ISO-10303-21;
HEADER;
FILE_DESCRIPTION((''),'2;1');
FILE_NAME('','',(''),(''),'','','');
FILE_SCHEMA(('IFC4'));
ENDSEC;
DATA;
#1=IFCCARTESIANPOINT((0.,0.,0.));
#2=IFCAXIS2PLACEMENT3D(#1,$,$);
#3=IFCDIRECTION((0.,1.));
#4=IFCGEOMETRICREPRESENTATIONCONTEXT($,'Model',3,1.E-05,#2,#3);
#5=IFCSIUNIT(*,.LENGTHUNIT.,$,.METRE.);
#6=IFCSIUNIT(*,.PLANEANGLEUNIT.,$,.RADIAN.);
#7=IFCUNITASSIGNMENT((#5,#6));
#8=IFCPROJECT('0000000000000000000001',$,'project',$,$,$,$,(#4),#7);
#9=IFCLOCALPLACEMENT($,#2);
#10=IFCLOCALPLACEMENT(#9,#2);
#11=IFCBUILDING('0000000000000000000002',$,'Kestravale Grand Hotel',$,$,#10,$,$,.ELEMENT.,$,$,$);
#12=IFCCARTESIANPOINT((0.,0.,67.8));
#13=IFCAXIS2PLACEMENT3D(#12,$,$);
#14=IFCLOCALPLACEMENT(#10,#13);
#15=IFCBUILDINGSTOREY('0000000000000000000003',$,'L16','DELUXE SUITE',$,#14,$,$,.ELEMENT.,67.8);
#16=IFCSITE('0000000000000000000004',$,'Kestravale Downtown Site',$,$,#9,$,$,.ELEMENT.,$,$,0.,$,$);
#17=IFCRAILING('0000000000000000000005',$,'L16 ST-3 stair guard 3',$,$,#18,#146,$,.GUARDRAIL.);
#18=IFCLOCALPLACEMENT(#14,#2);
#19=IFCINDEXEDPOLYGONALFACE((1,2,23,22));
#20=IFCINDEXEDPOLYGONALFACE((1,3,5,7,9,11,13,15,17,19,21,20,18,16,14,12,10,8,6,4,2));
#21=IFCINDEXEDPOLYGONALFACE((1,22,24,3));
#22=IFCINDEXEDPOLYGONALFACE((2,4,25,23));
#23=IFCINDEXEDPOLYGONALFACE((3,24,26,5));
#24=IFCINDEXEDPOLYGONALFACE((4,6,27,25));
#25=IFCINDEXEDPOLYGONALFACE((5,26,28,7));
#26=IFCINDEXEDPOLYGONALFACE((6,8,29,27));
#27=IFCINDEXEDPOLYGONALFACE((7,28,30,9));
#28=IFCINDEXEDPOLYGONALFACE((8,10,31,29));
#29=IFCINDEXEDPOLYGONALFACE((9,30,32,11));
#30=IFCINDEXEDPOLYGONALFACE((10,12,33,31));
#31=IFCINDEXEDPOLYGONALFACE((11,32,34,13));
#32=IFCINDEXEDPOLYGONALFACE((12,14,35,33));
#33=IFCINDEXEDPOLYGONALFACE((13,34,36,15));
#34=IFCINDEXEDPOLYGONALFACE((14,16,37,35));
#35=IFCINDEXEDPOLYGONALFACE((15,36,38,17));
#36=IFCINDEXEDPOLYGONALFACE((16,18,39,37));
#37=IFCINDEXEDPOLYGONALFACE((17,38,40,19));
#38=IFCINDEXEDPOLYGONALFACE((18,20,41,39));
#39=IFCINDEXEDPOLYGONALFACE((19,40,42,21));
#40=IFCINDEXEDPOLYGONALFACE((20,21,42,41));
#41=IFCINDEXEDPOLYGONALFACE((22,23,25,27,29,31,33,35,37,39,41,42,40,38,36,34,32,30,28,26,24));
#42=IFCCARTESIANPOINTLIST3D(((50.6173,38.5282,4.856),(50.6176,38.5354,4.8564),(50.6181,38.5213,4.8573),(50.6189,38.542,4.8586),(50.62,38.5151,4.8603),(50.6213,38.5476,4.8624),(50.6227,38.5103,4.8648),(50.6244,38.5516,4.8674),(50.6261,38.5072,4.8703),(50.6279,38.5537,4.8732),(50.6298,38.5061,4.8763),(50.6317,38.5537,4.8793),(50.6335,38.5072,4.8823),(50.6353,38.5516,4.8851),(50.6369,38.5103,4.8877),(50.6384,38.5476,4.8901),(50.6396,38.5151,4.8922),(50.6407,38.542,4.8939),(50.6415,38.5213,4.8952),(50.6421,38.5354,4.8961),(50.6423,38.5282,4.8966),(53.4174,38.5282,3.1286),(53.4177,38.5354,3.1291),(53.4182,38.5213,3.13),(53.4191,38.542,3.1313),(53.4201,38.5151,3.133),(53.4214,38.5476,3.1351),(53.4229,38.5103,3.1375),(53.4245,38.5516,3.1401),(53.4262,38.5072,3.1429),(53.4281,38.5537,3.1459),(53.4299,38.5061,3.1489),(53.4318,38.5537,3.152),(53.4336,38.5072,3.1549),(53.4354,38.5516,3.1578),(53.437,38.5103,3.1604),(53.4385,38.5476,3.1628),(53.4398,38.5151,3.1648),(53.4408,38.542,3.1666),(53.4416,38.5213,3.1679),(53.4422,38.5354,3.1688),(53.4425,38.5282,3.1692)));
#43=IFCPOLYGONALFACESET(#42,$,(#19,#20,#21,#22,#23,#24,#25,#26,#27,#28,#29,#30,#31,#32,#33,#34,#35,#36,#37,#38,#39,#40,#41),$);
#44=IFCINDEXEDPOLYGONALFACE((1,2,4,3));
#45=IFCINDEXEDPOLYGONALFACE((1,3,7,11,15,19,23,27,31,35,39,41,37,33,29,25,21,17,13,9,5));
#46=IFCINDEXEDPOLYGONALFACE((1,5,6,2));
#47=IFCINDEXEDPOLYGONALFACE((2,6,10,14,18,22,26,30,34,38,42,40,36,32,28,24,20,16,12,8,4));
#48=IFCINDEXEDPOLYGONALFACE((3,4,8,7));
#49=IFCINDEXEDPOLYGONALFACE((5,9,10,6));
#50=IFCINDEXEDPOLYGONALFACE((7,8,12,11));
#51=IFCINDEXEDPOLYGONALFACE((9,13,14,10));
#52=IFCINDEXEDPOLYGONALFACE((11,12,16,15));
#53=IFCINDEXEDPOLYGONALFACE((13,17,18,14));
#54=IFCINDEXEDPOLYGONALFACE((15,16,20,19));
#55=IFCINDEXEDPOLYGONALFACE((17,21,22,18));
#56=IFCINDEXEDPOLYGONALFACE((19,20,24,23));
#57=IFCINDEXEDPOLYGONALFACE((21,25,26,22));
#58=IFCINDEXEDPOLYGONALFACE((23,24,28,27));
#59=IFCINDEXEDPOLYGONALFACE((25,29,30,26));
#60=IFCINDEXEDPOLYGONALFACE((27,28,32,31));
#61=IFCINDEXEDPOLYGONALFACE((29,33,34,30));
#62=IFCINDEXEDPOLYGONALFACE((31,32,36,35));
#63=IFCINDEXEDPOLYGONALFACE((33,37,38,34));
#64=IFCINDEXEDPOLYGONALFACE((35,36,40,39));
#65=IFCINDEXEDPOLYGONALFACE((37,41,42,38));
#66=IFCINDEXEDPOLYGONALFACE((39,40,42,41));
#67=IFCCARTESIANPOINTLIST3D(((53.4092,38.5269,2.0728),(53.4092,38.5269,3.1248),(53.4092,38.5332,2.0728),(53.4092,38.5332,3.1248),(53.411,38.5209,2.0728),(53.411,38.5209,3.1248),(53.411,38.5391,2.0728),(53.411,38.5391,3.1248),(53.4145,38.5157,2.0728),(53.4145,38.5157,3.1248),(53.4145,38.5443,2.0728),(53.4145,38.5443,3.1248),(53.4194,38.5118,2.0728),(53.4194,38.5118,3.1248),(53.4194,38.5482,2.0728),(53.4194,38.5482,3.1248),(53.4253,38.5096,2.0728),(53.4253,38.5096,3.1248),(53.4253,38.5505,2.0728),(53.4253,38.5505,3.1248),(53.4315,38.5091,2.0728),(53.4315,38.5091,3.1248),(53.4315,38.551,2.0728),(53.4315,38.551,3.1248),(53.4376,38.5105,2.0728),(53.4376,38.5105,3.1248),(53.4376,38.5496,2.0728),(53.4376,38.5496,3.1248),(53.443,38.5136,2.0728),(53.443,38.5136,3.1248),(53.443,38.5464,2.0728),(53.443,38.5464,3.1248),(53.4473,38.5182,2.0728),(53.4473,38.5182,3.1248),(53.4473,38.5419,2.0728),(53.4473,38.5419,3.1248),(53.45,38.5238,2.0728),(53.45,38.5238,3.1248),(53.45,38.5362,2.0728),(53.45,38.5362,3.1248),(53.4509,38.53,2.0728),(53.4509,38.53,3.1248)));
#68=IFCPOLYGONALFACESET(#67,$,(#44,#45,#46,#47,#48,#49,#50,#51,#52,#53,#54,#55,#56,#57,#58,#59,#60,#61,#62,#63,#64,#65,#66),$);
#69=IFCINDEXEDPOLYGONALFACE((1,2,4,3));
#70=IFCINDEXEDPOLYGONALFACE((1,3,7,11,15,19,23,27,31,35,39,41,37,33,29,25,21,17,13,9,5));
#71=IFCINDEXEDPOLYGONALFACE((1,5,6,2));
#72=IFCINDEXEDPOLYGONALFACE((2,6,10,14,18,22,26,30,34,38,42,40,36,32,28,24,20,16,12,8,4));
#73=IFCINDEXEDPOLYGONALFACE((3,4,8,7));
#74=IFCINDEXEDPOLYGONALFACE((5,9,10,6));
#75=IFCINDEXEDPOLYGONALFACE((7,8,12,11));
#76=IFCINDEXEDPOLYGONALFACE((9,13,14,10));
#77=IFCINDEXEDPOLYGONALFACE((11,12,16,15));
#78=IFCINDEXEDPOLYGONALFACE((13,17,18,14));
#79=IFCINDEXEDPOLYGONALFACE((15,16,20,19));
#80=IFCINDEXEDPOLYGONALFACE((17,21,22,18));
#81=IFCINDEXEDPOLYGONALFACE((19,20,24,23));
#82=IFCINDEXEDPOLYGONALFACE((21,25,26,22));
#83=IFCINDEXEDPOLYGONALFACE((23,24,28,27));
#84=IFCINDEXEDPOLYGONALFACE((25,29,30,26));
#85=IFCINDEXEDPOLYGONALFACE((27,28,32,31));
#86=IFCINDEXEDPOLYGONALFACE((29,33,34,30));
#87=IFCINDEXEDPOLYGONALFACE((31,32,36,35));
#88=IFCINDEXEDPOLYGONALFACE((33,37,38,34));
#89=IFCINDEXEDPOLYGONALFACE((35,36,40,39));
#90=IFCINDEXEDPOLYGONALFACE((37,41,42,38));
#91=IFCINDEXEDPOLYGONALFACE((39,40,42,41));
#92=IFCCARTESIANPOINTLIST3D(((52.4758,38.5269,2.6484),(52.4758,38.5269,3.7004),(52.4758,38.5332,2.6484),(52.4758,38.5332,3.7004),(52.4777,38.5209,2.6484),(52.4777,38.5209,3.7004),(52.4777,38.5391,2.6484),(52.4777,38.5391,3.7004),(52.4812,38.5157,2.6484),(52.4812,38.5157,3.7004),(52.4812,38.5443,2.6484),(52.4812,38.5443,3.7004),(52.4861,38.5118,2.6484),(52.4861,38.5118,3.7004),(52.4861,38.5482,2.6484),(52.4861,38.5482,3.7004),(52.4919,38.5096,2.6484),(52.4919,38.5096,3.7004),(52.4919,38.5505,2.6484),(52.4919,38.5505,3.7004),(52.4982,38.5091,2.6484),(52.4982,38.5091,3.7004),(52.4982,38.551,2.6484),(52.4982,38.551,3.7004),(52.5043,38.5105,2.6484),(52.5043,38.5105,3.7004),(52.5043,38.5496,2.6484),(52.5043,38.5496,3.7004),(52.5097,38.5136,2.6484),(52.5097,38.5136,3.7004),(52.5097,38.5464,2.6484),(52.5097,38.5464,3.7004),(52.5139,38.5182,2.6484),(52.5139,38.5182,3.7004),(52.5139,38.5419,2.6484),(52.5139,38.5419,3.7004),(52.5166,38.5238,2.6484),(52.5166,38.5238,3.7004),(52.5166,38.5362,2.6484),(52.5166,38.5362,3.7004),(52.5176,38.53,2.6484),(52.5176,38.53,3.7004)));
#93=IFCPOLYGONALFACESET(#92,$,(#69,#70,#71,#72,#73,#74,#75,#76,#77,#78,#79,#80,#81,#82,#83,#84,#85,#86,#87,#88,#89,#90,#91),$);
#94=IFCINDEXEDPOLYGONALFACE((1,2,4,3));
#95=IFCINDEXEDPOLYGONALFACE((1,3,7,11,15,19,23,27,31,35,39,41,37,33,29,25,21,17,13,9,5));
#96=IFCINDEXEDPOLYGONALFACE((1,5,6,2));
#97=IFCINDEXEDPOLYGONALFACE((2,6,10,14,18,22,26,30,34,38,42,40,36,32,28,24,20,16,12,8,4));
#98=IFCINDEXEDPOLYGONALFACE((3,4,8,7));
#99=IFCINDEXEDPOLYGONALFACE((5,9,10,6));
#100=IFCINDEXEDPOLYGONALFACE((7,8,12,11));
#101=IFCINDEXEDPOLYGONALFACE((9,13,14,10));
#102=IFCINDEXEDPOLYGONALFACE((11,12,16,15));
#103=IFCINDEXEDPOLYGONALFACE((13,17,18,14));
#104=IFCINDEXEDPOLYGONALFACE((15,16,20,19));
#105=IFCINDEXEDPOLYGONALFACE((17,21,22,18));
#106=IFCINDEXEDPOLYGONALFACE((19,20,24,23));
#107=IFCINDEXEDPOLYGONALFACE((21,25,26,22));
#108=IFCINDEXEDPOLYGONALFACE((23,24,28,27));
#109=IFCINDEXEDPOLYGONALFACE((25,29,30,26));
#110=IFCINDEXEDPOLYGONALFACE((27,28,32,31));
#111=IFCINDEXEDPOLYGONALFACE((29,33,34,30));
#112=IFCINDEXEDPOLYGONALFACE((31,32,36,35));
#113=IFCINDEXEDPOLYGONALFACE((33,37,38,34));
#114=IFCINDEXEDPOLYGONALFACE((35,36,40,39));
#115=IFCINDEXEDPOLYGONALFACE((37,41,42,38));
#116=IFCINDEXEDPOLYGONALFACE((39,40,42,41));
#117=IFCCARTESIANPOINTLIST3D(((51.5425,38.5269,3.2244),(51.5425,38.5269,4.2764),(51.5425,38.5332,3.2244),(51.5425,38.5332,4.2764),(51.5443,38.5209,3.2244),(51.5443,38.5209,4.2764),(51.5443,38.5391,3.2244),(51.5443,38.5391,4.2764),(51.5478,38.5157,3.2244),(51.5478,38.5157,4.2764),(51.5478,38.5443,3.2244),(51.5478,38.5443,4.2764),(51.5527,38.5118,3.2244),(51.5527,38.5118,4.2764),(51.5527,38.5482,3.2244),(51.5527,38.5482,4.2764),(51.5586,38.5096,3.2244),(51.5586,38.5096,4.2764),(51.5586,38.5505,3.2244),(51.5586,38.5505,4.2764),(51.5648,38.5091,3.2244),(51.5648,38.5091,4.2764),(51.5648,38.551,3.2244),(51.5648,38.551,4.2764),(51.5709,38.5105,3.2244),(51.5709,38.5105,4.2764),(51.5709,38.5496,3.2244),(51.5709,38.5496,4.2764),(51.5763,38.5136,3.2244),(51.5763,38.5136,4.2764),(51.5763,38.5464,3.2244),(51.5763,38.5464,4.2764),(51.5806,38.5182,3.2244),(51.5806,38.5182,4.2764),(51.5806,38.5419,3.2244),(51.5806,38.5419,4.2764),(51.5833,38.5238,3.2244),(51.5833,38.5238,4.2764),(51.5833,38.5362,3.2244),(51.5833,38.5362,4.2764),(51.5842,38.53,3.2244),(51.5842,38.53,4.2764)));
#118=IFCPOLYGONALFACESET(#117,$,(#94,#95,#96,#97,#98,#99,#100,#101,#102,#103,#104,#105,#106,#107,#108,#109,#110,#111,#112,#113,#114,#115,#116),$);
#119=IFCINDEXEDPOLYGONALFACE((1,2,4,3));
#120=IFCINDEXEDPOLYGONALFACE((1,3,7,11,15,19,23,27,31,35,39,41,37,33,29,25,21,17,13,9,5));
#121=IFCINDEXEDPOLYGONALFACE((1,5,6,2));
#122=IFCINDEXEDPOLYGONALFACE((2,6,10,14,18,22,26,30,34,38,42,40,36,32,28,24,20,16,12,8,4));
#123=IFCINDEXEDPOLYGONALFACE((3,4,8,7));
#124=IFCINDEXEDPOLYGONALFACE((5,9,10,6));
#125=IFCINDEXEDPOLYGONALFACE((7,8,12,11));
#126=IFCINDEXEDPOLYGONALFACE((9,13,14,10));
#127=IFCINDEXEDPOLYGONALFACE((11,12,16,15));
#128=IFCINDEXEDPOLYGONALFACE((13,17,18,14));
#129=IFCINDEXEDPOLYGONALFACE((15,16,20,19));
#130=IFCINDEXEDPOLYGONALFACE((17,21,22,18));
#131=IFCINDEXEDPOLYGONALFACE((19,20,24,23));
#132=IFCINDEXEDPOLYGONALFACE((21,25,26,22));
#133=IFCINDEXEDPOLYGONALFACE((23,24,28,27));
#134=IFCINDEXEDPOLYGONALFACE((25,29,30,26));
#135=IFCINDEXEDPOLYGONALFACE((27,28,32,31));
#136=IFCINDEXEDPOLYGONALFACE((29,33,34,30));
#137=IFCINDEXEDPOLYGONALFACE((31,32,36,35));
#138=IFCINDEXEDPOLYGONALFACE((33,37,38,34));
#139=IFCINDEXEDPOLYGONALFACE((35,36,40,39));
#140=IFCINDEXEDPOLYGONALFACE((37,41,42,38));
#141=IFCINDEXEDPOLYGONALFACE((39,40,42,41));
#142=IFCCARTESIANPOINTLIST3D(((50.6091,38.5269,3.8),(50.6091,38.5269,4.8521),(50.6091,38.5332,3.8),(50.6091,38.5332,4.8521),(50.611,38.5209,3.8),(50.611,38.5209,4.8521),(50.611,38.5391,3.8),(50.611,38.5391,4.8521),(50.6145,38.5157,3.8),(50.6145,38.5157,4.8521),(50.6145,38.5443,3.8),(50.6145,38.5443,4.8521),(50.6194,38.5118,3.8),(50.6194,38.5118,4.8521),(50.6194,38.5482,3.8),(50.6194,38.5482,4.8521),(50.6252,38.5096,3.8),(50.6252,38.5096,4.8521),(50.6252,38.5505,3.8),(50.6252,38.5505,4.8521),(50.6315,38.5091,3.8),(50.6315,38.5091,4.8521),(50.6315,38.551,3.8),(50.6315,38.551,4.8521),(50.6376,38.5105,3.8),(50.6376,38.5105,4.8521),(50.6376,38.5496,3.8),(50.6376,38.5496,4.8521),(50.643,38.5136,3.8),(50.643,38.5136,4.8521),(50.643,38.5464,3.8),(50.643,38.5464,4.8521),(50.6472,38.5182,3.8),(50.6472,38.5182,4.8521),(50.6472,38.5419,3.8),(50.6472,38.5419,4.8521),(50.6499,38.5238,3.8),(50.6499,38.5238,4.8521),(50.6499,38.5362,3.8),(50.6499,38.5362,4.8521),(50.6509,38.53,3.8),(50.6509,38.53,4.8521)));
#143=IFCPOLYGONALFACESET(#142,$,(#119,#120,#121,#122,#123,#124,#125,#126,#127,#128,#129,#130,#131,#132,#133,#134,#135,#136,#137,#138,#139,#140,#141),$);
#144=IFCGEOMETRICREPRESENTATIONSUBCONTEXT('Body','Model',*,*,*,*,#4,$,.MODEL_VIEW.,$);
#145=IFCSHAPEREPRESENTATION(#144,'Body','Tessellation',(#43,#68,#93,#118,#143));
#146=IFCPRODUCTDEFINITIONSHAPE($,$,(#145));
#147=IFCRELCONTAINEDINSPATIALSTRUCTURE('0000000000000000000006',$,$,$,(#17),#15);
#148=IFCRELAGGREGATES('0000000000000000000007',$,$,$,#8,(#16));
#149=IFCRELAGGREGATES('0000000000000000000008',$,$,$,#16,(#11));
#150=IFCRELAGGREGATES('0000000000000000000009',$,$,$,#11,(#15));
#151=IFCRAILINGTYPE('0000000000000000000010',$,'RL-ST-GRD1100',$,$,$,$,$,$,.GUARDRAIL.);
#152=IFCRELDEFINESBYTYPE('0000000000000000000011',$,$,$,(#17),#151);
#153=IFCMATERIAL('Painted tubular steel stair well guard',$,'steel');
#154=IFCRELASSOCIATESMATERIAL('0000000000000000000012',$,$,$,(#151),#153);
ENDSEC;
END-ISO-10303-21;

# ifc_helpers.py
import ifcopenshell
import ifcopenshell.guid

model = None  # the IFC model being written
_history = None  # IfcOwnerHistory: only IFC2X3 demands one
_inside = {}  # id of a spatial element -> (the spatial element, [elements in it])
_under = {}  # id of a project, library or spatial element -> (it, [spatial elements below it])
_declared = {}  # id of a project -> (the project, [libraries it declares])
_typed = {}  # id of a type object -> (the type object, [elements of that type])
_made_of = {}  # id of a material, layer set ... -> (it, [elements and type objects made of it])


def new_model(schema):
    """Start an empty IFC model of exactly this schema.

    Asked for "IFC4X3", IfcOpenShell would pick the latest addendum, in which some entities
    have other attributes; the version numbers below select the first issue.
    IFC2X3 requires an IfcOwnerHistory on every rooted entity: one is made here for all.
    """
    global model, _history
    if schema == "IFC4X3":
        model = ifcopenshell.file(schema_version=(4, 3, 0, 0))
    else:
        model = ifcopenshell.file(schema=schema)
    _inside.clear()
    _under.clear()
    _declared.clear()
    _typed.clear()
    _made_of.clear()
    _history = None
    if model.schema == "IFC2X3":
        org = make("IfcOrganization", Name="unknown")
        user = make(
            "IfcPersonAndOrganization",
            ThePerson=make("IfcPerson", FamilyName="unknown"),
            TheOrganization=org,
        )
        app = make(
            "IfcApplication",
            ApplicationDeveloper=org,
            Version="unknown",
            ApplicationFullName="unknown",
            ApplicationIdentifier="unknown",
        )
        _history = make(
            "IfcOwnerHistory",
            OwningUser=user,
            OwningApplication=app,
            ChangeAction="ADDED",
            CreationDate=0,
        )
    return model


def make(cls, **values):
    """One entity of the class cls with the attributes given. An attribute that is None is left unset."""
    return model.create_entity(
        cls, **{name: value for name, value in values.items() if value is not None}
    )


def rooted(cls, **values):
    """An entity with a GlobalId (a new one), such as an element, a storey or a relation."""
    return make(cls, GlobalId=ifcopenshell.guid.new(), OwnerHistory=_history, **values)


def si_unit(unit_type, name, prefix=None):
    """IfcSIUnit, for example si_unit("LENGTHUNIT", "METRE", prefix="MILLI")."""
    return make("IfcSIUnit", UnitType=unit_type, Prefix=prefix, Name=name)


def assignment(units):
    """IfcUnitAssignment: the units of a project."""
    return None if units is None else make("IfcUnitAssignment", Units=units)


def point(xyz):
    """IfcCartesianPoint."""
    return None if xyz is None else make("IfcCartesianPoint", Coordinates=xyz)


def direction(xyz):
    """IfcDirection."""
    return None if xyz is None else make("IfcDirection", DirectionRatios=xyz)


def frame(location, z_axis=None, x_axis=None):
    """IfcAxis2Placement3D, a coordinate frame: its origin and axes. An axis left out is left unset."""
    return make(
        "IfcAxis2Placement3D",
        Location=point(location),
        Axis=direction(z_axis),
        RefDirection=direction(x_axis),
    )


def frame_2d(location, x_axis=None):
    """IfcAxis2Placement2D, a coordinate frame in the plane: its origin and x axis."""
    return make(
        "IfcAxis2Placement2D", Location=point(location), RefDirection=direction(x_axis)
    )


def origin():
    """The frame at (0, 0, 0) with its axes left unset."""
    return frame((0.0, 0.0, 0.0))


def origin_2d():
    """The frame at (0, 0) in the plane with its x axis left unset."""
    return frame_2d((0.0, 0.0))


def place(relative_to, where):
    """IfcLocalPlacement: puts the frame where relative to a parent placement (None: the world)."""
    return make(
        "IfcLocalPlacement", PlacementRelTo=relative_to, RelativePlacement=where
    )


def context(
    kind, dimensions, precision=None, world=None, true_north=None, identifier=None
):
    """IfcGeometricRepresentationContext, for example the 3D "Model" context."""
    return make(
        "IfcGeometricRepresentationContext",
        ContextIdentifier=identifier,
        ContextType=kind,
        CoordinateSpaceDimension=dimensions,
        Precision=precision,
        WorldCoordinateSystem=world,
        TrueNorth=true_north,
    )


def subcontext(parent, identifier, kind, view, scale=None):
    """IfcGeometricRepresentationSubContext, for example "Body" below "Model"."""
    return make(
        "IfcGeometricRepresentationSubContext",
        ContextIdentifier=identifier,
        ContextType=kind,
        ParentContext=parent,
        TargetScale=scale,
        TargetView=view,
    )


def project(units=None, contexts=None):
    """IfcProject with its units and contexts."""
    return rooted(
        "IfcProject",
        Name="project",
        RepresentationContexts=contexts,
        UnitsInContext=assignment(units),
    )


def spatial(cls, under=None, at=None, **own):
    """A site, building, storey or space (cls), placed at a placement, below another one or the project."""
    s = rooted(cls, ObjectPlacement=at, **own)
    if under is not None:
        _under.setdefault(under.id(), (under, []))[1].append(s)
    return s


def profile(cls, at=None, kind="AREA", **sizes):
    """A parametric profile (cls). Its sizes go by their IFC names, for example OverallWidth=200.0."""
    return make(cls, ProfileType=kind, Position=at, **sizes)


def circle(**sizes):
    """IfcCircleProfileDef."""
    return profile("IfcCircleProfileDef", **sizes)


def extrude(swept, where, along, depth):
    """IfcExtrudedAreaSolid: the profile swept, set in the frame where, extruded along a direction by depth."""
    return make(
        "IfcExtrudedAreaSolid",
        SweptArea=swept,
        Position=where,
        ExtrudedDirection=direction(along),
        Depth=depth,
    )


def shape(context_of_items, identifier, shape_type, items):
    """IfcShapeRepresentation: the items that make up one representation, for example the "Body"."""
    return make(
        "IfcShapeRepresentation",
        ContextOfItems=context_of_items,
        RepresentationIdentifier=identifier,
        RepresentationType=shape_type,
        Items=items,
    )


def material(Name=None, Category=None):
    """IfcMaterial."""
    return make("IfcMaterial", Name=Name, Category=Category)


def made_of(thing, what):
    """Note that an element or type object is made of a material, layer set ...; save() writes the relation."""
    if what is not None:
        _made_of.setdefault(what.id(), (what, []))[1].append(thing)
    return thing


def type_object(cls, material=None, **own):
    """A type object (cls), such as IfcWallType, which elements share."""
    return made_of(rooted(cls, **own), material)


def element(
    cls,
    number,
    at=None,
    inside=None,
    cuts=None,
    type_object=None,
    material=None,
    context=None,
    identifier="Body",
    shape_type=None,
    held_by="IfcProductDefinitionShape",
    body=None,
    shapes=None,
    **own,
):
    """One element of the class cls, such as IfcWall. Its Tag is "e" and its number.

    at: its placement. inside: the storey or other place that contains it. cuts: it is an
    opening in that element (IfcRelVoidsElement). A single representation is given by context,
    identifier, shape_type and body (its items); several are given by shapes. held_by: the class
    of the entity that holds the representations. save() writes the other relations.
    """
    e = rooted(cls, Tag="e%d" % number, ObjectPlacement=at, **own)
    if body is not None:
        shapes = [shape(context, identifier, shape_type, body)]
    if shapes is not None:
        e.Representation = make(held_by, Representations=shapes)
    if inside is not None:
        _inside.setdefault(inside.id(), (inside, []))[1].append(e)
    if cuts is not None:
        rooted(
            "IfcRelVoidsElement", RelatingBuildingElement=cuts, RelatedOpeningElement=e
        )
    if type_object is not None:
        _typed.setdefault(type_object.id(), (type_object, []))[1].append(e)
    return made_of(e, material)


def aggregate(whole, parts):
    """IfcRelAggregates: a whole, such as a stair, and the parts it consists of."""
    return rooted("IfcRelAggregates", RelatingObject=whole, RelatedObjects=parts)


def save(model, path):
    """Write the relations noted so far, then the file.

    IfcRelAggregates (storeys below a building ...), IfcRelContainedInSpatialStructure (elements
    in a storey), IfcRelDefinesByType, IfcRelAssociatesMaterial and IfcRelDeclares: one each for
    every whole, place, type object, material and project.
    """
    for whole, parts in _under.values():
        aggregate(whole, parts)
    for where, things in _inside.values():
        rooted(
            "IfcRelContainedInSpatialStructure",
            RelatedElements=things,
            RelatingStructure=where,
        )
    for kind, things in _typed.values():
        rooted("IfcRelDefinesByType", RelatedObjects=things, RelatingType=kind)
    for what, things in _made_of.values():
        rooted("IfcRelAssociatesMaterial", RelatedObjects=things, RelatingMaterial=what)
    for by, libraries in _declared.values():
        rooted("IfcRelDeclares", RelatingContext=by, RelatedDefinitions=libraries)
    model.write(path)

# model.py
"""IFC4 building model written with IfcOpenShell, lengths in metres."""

from ifc_helpers import new_model, si_unit, direction, frame, origin, origin_2d, place, context, subcontext, project, spatial, circle, extrude, material, type_object, element, save


model = new_model("IFC4")

# Units and contexts
model_context = context("Model", 3, precision=1e-05, world=origin(), true_north=direction((0.0, 1.0)))
body_context = subcontext(model_context, "Body", "Model", "MODEL_VIEW")
ifc_project = project(units=[si_unit("LENGTHUNIT", "METRE"), si_unit("PLANEANGLEUNIT", "RADIAN")], contexts=[model_context])

# Site, building, storey
site_placement = place(None, origin())
site = spatial("IfcSite", under=ifc_project, at=site_placement, Name="Kestravale Downtown Site", CompositionType="ELEMENT", RefElevation=0.0)
building_placement = place(site_placement, origin())
building = spatial("IfcBuilding", under=site, at=building_placement, Name="Kestravale Grand Hotel", CompositionType="ELEMENT")
storey_placement = place(building_placement, frame((0.0, 0.0, 67.8)))
storey = spatial("IfcBuildingStorey", under=building, at=storey_placement, Name="L16", Description="DELUXE SUITE", CompositionType="ELEMENT", Elevation=67.8)

# Railing
ifc_material_1 = material(Name="Painted tubular steel stair well guard", Category="steel")
railing_type_1 = type_object("IfcRailingType", Name="RL-ST-GRD1100", PredefinedType="GUARDRAIL", material=ifc_material_1)
railing_1_placement = place(storey_placement, frame((53.4299, 38.53, 2.0728)))
element("IfcRailing", 1, at=railing_1_placement, inside=storey, type_object=railing_type_1, Name="L16 ST-3 stair guard 3", PredefinedType="GUARDRAIL", context=body_context, shape_type="SweptSolid", body=[
    extrude(circle(Radius=0.0239, at=origin_2d()), frame((0.0, 0.0, 1.0762), z_axis=(-0.85109, 0.0, 0.52502), x_axis=(0.0, -1.0, 0.0)), (0.0, 0.0, 1.0), 3.29),
    extrude(circle(Radius=0.021, at=origin_2d()), origin(), (0.0, 0.0, 1.0), 1.052),
    extrude(circle(Radius=0.021, at=origin_2d()), frame((-0.9333, 0.0, 0.5757)), (0.0, 0.0, 1.0), 1.052),
    extrude(circle(Radius=0.021, at=origin_2d()), frame((-1.8667, 0.0, 1.1516)), (0.0, 0.0, 1.0), 1.052),
    extrude(circle(Radius=0.021, at=origin_2d()), frame((-2.8, 0.0, 1.7273)), (0.0, 0.0, 1.0), 1.052),
])

save(model, "model.ifc")
